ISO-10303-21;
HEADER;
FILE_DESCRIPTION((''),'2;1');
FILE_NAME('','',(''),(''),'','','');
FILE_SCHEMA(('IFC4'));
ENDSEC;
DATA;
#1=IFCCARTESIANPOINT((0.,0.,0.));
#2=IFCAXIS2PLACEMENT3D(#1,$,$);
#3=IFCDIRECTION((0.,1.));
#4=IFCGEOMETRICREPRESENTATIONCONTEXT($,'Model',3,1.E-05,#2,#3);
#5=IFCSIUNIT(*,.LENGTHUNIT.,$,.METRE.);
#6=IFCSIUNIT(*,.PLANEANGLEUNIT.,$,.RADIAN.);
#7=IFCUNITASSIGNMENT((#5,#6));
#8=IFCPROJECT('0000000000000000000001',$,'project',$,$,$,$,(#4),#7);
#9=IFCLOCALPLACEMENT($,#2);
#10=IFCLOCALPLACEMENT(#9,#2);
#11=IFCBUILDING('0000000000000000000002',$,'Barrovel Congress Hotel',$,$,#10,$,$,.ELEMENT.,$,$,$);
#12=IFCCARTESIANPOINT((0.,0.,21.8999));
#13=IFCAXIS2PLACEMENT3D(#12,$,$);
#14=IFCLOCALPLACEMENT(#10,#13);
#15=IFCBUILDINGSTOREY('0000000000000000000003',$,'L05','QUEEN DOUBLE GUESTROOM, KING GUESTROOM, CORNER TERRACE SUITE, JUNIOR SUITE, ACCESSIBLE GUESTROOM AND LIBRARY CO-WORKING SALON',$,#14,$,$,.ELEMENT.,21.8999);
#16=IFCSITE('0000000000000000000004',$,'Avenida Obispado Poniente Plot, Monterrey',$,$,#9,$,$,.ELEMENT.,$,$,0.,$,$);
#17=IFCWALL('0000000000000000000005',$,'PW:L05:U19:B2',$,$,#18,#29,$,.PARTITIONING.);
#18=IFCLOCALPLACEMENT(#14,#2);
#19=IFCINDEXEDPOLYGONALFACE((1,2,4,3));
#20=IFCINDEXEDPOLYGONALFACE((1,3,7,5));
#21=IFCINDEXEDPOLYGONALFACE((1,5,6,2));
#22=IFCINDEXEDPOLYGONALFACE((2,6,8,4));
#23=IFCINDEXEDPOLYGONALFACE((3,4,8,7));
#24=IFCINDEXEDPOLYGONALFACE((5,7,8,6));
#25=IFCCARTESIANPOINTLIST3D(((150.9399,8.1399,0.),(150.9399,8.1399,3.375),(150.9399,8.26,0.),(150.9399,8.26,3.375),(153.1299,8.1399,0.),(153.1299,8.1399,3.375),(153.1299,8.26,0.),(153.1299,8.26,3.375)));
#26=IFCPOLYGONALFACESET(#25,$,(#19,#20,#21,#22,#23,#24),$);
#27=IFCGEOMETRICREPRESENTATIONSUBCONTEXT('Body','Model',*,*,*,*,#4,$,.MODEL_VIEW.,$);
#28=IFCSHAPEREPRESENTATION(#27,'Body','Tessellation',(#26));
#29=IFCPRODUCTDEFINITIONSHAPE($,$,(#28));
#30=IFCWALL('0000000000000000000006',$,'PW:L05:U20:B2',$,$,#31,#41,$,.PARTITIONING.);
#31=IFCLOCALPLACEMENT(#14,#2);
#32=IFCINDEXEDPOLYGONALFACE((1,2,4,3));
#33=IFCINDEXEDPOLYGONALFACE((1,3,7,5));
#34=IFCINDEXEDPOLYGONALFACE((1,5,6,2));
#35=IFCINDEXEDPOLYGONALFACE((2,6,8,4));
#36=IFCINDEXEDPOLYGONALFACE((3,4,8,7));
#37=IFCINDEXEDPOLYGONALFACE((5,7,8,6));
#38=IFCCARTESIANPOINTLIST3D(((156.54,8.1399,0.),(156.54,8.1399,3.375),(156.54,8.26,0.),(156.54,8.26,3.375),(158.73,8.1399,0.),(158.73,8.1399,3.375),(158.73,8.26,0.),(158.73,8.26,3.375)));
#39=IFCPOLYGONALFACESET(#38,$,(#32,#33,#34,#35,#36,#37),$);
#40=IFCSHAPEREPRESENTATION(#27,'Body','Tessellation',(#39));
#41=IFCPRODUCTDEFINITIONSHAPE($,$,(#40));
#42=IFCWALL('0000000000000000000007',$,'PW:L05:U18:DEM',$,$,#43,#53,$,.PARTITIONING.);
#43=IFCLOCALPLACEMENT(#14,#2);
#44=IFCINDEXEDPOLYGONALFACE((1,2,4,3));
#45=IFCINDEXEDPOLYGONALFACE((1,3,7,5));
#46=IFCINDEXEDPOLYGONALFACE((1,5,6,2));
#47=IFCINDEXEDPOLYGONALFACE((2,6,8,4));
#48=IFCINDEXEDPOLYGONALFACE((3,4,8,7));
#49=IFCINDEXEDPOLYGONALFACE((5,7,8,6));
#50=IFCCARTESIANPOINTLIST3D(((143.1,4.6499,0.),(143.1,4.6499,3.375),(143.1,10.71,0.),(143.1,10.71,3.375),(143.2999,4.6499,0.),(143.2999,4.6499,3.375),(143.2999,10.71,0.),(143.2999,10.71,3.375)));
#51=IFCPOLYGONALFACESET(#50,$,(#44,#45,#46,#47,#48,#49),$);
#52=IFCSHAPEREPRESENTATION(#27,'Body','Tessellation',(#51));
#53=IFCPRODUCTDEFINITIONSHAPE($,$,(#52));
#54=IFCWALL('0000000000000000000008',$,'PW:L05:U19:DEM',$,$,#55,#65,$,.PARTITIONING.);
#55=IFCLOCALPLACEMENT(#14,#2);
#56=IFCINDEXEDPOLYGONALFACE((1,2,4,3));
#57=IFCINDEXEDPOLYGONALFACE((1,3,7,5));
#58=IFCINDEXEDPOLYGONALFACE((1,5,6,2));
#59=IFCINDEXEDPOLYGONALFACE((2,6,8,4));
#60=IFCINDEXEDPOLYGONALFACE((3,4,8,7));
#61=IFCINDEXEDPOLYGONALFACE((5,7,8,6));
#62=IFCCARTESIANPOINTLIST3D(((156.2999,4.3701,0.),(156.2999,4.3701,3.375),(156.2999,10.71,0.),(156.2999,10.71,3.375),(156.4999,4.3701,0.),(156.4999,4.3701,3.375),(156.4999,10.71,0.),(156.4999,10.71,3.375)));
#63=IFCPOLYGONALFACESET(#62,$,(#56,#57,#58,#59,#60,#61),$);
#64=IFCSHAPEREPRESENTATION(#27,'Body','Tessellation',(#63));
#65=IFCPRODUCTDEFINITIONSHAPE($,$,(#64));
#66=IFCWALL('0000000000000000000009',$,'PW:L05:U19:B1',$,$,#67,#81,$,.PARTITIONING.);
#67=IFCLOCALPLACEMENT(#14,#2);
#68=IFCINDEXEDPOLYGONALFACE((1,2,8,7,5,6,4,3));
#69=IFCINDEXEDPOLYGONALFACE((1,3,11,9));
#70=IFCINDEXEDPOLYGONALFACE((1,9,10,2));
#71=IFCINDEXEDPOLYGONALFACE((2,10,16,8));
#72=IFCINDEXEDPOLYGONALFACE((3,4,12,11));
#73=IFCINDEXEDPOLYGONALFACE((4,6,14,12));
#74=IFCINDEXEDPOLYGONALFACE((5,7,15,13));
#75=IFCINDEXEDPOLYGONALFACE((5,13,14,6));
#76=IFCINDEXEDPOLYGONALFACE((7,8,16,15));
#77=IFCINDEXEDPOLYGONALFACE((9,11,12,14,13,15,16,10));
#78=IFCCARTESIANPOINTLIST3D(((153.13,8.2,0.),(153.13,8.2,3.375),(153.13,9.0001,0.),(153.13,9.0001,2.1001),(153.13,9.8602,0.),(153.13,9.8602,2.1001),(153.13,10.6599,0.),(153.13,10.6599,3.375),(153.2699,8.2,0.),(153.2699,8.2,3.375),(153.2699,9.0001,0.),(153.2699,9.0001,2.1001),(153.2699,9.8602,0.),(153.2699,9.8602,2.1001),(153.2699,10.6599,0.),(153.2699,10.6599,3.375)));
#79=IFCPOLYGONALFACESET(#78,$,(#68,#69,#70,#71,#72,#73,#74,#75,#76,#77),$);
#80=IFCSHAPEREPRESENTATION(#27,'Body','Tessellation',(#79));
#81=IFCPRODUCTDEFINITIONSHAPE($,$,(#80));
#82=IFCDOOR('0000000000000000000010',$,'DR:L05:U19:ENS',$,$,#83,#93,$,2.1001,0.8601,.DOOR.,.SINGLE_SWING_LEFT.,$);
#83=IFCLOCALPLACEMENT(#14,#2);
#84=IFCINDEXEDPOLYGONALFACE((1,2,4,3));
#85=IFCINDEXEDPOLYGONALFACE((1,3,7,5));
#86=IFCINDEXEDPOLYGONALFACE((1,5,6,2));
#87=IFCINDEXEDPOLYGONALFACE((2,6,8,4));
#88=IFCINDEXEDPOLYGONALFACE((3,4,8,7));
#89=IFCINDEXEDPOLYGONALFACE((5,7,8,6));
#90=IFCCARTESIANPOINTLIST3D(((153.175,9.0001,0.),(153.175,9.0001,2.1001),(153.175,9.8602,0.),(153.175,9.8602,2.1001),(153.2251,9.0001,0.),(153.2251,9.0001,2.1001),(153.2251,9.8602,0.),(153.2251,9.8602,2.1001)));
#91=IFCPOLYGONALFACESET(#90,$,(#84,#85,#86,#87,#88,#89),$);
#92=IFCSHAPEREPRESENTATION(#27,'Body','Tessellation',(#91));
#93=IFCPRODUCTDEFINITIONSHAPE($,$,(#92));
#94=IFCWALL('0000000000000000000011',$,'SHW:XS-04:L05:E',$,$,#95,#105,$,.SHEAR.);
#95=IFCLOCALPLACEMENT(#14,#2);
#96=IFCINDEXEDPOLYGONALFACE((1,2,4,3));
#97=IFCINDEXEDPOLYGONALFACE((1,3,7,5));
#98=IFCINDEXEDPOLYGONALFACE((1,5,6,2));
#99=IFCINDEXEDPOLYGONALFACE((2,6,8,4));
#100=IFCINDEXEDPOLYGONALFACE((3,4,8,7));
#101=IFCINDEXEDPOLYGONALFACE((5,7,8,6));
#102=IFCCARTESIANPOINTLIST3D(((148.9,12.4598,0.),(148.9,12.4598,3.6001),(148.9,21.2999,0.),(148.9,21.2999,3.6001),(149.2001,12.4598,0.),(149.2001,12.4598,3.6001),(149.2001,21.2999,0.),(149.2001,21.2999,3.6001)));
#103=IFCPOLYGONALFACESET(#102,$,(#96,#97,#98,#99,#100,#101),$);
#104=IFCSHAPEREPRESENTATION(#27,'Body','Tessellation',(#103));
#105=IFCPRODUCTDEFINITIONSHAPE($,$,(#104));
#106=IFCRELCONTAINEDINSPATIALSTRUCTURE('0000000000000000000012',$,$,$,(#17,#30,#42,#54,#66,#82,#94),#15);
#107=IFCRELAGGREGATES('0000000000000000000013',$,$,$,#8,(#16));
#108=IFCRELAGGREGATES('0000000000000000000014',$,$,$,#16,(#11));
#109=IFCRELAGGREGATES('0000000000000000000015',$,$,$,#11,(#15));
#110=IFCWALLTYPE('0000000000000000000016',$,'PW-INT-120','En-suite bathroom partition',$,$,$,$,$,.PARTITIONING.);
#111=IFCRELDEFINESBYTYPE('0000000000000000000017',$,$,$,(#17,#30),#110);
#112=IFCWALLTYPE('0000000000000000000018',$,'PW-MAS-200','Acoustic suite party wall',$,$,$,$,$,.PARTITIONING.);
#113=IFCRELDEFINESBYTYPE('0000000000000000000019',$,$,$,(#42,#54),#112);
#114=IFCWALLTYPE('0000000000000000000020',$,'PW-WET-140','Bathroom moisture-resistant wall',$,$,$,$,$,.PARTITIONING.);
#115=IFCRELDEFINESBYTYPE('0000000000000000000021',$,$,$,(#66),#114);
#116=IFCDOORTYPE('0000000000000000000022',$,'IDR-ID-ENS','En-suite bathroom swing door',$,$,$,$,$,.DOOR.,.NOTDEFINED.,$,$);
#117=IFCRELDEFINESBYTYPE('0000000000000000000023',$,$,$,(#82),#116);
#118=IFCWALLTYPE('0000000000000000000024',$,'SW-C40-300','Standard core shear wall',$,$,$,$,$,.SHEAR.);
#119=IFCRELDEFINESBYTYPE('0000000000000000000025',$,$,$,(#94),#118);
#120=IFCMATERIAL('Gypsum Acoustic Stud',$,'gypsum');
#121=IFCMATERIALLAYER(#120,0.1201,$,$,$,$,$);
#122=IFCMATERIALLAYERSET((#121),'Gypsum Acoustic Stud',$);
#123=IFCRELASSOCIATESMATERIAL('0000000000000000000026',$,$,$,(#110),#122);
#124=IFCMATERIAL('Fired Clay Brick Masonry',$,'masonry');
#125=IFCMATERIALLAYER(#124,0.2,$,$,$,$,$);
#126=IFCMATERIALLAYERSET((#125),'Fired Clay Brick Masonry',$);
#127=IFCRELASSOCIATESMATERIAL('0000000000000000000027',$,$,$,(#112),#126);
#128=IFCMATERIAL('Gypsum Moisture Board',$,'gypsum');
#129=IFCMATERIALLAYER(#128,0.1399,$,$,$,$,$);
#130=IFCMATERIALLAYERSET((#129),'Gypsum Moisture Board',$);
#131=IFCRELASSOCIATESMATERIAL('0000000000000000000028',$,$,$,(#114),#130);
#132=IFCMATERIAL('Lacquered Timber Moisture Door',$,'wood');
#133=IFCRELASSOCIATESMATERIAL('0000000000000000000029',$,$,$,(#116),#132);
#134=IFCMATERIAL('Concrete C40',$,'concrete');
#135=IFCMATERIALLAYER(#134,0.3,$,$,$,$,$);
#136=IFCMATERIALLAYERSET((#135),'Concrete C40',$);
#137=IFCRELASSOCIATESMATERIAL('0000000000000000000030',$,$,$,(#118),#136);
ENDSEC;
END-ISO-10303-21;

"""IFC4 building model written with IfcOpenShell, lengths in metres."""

from ifc_helpers import new_model, si_unit, direction, frame, frame_2d, origin, place, context, subcontext, project, spatial, rectangle, extrude, material, layer, layer_set, type_object, element, fill, save


model = new_model("IFC4")

# Units and contexts
model_context = context("Model", 3, precision=1e-05, world=origin(), true_north=direction((0.0, 1.0)))
body_context = subcontext(model_context, "Body", "Model", "MODEL_VIEW")
ifc_project = project(units=[si_unit("LENGTHUNIT", "METRE"), si_unit("PLANEANGLEUNIT", "RADIAN")], contexts=[model_context])

# Site, building, storey
site_placement = place(None, origin())
site = spatial("IfcSite", under=ifc_project, at=site_placement, Name="Avenida Obispado Poniente Plot, Monterrey", CompositionType="ELEMENT", RefElevation=0.0)
building_placement = place(site_placement, origin())
building = spatial("IfcBuilding", under=site, at=building_placement, Name="Barrovel Congress Hotel", CompositionType="ELEMENT")
storey_placement = place(building_placement, frame((0.0, 0.0, 21.8999)))
storey = spatial("IfcBuildingStorey", under=building, at=storey_placement, Name="L05", Description="QUEEN DOUBLE GUESTROOM, KING GUESTROOM, CORNER TERRACE SUITE, JUNIOR SUITE, ACCESSIBLE GUESTROOM AND LIBRARY CO-WORKING SALON", CompositionType="ELEMENT", Elevation=21.8999)

# Shared definitions
ifc_material_1 = material(Name="Concrete C40", Category="concrete")

# Shared definitions
ifc_material_2 = material(Name="Fired Clay Brick Masonry", Category="masonry")

# Shared definitions
ifc_material_3 = material(Name="Gypsum Acoustic Stud", Category="gypsum")

# Walls
ifc_layer_1 = layer(ifc_material_3, 0.1201)
ifc_layer_set_1 = layer_set([ifc_layer_1], Name="Gypsum Acoustic Stud")
wall_type_1 = type_object("IfcWallType", Name="PW-INT-120", Description="En-suite bathroom partition", PredefinedType="PARTITIONING", material=ifc_layer_set_1)
for number, where, z_axis, x_axis, name in (
    (1, (150.9399, 8.2, 0.0), (0.0, 0.0, 1.0), (1.0, 0.0, 0.0), "PW:L05:U19:B2"),
    (2, (156.54, 8.2, 0.0), (0.0, 0.0, 1.0), (1.0, 0.0, 0.0), "PW:L05:U20:B2"),
):
    element("IfcWall", number, at=place(storey_placement, frame(where, z_axis=z_axis, x_axis=x_axis)), inside=storey, type_object=wall_type_1, Name=name, PredefinedType="PARTITIONING", context=body_context, shape_type="SweptSolid", body=[
        extrude(rectangle(XDim=2.1899, YDim=0.1201, at=frame_2d((1.095, 0.0))), origin(), (0.0, 0.0, 1.0), 3.375),
    ])
ifc_layer_2 = layer(ifc_material_2, 0.2)
ifc_layer_set_2 = layer_set([ifc_layer_2], Name="Fired Clay Brick Masonry")
wall_type_2 = type_object("IfcWallType", Name="PW-MAS-200", Description="Acoustic suite party wall", PredefinedType="PARTITIONING", material=ifc_layer_set_2)
wall_1_placement = place(storey_placement, frame((143.2, 4.6499, 0.0), z_axis=(0.0, 0.0, 1.0), x_axis=(0.0, 1.0, 0.0)))
element("IfcWall", 3, at=wall_1_placement, inside=storey, type_object=wall_type_2, Name="PW:L05:U18:DEM", PredefinedType="PARTITIONING", context=body_context, shape_type="SweptSolid", body=[
    extrude(rectangle(XDim=6.0601, YDim=0.2, at=frame_2d((3.03, 0.0))), origin(), (0.0, 0.0, 1.0), 3.375),
])
wall_2_placement = place(storey_placement, frame((156.3999, 4.3701, 0.0), z_axis=(0.0, 0.0, 1.0), x_axis=(0.0, 1.0, 0.0)))
element("IfcWall", 4, at=wall_2_placement, inside=storey, type_object=wall_type_2, Name="PW:L05:U19:DEM", PredefinedType="PARTITIONING", context=body_context, shape_type="SweptSolid", body=[
    extrude(rectangle(XDim=6.3398, YDim=0.2, at=frame_2d((3.1699, 0.0))), origin(), (0.0, 0.0, 1.0), 3.375),
])

# Wall, opening, door
ifc_material_4 = material(Name="Gypsum Moisture Board", Category="gypsum")
ifc_layer_3 = layer(ifc_material_4, 0.1399)
ifc_layer_set_3 = layer_set([ifc_layer_3], Name="Gypsum Moisture Board")
wall_type_3 = type_object("IfcWallType", Name="PW-WET-140", Description="Bathroom moisture-resistant wall", PredefinedType="PARTITIONING", material=ifc_layer_set_3)
wall_3_placement = place(storey_placement, frame((153.2, 8.2, 0.0), z_axis=(0.0, 0.0, 1.0), x_axis=(0.0, 1.0, 0.0)))
wall_3 = element("IfcWall", 5, at=wall_3_placement, inside=storey, type_object=wall_type_3, Name="PW:L05:U19:B1", PredefinedType="PARTITIONING", context=body_context, shape_type="SweptSolid", body=[
    extrude(rectangle(XDim=2.46, YDim=0.1399, at=frame_2d((1.23, 0.0))), origin(), (0.0, 0.0, 1.0), 3.375),
])
opening_1_placement = place(wall_3_placement, frame((0.8, 0.0, 0.0)))
opening_1 = element("IfcOpeningElement", 6, at=opening_1_placement, cuts=wall_3, PredefinedType="OPENING", context=body_context, shape_type="SweptSolid", body=[
    extrude(rectangle(XDim=0.8601, YDim=2.1001, at=frame_2d((0.4302, 1.05))), frame((0.0, 0.0801, 0.0), z_axis=(0.0, -1.0, 0.0), x_axis=(1.0, 0.0, 0.0)), (0.0, 0.0, 1.0), 0.1599),
])
ifc_material_5 = material(Name="Lacquered Timber Moisture Door", Category="wood")
door_type_1 = type_object("IfcDoorType", Name="IDR-ID-ENS", Description="En-suite bathroom swing door", OperationType="NOTDEFINED", PredefinedType="DOOR", material=ifc_material_5)
door_1_placement = place(opening_1_placement, origin())
door_1 = element("IfcDoor", 7, at=door_1_placement, inside=storey, type_object=door_type_1, Name="DR:L05:U19:ENS", OperationType="SINGLE_SWING_LEFT", OverallHeight=2.1001, OverallWidth=0.8601, PredefinedType="DOOR", context=body_context, shape_type="SweptSolid", body=[
    extrude(rectangle(XDim=0.8601, YDim=2.1001, at=frame_2d((0.4302, 1.05))), frame((0.0, 0.0249, 0.0), z_axis=(0.0, -1.0, 0.0), x_axis=(1.0, 0.0, 0.0)), (0.0, 0.0, 1.0), 0.05),
])
fill(opening_1, door_1)
ifc_layer_4 = layer(ifc_material_1, 0.3)
ifc_layer_set_4 = layer_set([ifc_layer_4], Name="Concrete C40")
wall_type_4 = type_object("IfcWallType", Name="SW-C40-300", Description="Standard core shear wall", PredefinedType="SHEAR", material=ifc_layer_set_4)

# Wall
wall_4_placement = place(storey_placement, frame((149.05, 12.46, 0.0), z_axis=(0.0, 0.0, 1.0), x_axis=(0.0, 1.0, 0.0)))
element("IfcWall", 8, at=wall_4_placement, inside=storey, type_object=wall_type_4, Name="SHW:XS-04:L05:E", PredefinedType="SHEAR", context=body_context, shape_type="SweptSolid", body=[
    extrude(rectangle(XDim=8.8401, YDim=0.3, at=frame_2d((4.4199, 0.0))), origin(), (0.0, 0.0, 1.0), 3.6001),
])

save(model, "model.ifc")
